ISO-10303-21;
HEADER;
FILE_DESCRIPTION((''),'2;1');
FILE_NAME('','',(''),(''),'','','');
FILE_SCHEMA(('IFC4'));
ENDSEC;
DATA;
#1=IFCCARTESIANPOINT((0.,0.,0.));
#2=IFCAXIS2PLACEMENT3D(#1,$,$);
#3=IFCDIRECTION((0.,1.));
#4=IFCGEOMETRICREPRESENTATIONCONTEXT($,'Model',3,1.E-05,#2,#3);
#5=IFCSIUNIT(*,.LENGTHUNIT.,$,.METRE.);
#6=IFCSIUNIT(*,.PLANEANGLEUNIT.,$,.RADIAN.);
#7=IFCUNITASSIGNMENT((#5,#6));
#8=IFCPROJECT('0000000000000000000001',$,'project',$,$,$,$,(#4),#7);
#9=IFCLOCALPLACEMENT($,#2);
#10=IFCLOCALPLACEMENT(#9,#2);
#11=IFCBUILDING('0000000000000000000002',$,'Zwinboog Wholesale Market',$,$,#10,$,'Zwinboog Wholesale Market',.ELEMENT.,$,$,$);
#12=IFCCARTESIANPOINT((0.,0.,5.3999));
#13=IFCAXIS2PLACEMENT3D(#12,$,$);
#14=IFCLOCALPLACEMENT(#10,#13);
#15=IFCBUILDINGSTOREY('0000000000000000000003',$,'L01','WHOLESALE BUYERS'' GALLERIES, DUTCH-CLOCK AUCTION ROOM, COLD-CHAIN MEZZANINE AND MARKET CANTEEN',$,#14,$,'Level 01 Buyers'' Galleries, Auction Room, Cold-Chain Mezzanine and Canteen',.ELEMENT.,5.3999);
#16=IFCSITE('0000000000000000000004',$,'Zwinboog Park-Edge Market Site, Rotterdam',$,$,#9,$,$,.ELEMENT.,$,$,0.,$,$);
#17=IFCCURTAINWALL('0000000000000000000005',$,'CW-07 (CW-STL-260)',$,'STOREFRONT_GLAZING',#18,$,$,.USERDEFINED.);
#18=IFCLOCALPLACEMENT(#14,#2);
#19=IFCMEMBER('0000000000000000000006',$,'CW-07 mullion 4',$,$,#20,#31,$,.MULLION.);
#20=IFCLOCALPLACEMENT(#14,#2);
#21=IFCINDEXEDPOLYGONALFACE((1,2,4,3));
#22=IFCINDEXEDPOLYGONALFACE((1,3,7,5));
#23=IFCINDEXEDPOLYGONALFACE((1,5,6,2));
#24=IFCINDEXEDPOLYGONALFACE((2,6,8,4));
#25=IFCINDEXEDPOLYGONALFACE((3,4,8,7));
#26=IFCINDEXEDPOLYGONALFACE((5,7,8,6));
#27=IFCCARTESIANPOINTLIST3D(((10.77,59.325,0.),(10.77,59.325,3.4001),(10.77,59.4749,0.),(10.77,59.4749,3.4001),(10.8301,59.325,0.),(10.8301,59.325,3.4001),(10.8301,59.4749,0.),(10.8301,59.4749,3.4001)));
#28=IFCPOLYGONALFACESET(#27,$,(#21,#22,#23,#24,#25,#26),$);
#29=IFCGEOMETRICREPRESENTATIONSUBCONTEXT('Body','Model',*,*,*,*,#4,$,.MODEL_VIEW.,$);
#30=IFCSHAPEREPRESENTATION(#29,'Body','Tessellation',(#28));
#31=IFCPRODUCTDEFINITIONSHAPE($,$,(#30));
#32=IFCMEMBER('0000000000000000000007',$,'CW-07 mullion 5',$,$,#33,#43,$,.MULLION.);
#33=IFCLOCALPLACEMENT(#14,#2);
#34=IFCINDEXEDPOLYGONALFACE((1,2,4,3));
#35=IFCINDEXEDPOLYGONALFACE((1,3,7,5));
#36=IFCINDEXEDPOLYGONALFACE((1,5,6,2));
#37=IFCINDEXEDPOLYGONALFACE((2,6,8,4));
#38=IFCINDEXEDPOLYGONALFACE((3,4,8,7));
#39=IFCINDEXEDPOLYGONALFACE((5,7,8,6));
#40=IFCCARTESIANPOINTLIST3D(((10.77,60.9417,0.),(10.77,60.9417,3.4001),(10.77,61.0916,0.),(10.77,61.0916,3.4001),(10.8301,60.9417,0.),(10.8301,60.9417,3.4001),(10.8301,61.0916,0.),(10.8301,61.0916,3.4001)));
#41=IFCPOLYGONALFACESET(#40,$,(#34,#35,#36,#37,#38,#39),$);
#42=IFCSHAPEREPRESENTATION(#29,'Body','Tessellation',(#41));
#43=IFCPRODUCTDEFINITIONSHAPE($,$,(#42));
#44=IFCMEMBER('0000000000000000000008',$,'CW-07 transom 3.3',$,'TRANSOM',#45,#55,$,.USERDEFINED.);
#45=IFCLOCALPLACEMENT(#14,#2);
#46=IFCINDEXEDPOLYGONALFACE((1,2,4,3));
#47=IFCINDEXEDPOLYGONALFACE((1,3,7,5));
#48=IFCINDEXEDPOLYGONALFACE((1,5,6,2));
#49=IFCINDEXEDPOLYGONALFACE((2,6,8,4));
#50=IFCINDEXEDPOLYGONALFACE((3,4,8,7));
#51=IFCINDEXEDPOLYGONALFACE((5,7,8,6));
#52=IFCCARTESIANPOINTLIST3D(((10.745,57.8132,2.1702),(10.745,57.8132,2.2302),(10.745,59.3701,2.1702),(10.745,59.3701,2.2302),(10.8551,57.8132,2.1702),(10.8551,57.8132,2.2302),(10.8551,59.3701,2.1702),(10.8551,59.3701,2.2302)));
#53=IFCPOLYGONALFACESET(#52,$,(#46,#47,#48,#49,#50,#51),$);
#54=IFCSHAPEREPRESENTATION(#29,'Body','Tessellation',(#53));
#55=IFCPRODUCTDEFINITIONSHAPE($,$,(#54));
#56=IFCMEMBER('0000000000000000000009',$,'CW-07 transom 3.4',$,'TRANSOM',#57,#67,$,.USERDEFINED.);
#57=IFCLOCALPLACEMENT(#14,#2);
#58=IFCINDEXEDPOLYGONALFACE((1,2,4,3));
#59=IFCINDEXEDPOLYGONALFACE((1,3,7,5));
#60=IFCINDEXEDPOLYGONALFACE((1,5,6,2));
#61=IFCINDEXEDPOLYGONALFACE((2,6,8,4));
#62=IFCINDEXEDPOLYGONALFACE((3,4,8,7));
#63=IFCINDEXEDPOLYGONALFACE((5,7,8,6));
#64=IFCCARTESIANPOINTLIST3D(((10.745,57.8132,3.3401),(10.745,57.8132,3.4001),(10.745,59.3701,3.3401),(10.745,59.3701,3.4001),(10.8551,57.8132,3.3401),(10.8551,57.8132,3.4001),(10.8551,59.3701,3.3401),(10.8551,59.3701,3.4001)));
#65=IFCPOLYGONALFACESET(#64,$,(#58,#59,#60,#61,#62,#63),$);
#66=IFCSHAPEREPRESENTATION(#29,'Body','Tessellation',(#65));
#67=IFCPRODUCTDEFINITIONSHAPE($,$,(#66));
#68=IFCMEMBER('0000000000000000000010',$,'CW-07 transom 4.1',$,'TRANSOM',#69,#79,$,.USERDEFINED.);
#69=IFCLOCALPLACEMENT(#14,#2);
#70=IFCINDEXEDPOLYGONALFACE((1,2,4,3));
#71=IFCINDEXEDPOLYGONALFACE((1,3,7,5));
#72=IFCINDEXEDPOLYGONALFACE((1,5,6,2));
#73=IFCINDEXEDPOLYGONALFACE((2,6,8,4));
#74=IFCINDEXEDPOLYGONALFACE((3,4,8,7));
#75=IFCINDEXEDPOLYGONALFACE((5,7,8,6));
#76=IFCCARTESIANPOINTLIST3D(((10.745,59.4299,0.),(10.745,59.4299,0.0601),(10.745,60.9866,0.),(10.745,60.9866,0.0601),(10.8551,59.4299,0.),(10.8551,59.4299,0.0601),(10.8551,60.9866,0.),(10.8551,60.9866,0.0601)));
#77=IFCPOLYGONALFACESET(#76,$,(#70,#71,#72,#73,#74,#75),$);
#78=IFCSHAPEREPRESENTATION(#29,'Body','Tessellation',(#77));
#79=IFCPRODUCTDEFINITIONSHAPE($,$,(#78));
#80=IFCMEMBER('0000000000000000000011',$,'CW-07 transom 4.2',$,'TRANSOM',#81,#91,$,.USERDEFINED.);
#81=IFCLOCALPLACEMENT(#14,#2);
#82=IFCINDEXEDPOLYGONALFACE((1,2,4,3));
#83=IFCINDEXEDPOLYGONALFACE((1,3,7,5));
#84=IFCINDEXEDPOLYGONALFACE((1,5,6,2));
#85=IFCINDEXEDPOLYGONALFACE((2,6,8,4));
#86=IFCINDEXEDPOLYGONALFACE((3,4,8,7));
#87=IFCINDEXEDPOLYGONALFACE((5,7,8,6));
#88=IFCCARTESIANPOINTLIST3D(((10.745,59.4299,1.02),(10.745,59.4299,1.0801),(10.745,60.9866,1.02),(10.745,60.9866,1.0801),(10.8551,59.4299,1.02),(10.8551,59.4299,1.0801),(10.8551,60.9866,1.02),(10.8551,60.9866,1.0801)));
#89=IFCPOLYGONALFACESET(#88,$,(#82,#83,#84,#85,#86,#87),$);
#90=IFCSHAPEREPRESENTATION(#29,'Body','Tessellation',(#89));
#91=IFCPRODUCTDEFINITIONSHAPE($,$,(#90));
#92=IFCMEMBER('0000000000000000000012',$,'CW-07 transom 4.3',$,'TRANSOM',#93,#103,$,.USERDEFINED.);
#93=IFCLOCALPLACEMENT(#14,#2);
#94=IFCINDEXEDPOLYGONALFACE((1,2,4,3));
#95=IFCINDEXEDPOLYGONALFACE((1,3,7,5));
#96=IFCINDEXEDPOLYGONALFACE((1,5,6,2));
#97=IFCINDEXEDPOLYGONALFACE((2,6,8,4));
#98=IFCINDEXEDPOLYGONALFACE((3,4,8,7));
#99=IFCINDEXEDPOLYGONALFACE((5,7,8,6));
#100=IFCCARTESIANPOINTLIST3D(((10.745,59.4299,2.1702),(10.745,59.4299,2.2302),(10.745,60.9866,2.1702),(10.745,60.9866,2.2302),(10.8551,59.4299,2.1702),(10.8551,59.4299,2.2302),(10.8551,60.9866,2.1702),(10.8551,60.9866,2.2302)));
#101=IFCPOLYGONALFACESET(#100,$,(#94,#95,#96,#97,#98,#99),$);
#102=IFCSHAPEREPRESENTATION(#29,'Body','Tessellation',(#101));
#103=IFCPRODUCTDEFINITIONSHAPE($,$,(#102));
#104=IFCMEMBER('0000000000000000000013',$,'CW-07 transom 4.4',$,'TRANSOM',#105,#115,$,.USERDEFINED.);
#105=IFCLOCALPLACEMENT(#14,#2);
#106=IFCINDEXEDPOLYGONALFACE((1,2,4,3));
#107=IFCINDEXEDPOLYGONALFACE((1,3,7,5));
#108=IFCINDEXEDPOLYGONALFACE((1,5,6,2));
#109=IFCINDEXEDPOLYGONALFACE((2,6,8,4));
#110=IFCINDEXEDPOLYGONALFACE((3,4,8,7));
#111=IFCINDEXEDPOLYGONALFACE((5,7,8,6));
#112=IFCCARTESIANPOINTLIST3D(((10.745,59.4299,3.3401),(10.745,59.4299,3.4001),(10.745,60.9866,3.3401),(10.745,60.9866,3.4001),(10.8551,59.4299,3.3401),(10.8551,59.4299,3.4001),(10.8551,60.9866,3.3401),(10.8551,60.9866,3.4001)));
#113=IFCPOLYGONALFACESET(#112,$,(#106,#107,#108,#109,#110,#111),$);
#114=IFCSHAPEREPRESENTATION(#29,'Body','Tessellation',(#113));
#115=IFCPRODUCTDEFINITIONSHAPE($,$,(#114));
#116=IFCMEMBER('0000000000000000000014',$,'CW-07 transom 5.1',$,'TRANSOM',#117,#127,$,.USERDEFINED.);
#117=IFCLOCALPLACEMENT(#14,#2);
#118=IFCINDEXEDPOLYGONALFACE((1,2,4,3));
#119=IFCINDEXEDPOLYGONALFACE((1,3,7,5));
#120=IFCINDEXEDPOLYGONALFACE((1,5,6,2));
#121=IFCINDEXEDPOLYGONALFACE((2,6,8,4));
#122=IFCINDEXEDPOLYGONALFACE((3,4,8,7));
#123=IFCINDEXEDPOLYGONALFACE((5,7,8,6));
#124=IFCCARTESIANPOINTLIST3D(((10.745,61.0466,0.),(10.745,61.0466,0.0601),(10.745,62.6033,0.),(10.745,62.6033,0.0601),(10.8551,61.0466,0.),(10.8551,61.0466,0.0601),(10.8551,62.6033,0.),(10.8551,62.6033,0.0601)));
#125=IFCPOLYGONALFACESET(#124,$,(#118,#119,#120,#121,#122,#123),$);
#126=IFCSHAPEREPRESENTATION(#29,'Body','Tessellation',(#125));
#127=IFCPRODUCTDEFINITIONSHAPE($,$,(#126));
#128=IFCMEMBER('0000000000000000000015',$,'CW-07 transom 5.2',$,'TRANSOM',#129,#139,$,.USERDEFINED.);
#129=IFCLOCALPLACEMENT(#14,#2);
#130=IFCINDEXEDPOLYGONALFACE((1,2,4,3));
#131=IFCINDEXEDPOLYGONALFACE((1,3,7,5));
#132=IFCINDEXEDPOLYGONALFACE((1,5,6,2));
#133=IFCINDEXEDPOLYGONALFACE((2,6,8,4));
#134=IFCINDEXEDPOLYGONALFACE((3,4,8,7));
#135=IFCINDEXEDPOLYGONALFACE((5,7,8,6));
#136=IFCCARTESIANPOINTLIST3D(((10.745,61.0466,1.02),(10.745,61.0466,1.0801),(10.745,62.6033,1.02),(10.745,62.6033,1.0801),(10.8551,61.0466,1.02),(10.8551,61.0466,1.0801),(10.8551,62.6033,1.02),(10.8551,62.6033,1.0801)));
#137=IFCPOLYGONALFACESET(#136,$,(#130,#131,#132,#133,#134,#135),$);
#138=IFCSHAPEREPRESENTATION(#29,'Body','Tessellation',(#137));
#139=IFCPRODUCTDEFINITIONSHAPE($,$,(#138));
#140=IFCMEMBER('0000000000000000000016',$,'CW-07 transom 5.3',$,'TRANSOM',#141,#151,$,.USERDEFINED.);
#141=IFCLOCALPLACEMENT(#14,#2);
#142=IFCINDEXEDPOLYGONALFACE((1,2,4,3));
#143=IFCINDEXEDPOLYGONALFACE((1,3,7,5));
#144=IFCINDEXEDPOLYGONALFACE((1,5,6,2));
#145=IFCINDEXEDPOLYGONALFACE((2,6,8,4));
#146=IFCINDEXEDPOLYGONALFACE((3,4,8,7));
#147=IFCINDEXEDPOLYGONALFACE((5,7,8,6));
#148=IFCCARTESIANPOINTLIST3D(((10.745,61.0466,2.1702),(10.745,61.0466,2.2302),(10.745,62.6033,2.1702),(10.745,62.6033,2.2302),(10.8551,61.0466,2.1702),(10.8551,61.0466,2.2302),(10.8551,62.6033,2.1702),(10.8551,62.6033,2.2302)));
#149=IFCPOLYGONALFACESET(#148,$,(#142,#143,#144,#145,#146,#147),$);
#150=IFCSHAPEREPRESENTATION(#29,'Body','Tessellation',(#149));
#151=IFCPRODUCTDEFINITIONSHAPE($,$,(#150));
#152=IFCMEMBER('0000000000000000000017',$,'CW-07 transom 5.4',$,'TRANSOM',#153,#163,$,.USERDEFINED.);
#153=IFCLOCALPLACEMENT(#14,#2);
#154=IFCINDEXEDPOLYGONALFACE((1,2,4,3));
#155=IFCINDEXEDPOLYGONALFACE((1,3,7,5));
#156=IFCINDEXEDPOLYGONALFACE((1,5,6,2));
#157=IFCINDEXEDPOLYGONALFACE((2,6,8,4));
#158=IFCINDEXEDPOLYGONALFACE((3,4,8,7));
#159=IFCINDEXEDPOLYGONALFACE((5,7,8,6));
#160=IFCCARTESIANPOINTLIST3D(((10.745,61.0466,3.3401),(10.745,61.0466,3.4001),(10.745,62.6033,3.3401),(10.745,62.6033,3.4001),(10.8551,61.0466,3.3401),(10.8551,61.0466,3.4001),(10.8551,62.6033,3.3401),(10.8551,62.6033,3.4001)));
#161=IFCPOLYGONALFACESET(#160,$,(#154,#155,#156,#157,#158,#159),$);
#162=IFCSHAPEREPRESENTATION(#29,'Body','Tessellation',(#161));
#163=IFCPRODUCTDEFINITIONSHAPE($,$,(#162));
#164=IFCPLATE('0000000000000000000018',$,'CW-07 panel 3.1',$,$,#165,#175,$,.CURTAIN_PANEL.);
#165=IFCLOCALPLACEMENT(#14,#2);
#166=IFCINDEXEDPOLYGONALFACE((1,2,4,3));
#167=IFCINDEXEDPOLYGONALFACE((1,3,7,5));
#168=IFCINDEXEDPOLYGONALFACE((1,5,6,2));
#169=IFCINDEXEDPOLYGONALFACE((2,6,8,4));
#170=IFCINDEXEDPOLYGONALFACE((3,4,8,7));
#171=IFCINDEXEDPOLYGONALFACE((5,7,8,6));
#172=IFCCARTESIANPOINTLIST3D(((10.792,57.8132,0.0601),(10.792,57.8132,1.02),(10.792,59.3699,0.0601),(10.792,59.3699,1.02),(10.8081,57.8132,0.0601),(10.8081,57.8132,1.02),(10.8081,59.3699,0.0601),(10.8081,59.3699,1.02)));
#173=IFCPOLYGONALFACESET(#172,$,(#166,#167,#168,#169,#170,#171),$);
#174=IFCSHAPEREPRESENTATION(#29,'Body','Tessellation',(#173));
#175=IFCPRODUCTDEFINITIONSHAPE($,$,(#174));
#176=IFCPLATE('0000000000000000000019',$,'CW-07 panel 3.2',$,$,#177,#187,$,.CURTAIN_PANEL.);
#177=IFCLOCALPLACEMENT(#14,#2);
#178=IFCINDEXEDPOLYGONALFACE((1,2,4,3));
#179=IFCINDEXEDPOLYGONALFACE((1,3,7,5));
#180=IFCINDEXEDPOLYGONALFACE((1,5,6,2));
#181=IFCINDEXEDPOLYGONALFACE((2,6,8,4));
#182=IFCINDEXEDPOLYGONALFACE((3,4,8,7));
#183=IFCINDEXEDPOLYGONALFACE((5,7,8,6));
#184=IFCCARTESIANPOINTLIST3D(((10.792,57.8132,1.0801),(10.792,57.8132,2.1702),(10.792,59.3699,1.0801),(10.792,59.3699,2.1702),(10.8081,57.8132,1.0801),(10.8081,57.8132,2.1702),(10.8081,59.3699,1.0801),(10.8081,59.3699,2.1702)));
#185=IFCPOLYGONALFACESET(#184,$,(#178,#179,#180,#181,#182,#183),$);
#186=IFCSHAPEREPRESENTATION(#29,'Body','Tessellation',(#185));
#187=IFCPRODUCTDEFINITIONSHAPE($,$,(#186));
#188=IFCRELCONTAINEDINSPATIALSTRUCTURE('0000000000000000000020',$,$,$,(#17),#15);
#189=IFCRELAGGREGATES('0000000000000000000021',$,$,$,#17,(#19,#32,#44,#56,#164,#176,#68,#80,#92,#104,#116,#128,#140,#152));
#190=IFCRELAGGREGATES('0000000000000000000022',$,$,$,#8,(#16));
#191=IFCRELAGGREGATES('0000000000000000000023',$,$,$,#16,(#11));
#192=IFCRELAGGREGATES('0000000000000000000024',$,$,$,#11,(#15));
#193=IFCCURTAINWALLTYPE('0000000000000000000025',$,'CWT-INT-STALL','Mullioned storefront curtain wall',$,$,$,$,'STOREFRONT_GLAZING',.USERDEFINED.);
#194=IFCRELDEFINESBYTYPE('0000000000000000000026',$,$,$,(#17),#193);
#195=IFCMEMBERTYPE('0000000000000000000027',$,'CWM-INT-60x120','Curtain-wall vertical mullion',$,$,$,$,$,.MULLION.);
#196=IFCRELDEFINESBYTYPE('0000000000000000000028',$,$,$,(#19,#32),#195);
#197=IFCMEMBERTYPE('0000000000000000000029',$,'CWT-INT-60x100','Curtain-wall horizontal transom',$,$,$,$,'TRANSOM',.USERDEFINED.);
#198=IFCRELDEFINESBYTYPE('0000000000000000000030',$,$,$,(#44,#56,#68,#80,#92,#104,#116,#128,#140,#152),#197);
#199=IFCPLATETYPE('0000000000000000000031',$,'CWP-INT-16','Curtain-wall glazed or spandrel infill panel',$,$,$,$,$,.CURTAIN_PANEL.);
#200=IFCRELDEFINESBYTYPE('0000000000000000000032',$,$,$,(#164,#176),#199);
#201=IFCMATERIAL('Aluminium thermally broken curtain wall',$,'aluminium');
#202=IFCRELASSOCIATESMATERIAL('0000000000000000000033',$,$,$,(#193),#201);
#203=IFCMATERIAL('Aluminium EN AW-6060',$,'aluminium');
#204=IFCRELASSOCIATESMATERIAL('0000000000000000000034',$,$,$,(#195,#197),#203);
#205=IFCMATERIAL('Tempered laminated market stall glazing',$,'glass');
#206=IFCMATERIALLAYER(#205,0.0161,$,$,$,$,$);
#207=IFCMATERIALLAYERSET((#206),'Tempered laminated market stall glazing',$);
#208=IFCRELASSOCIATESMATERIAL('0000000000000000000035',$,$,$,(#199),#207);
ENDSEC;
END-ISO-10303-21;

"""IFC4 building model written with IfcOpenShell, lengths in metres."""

from ifc_helpers import new_model, si_unit, direction, frame, origin, origin_2d, place, context, subcontext, project, spatial, rectangle, extrude, material, layer, layer_set, material_profile, profile_set, type_object, element, aggregate, save


model = new_model("IFC4")

# Units and contexts
model_context = context("Model", 3, precision=1e-05, world=origin(), true_north=direction((0.0, 1.0)))
body_context = subcontext(model_context, "Body", "Model", "MODEL_VIEW")
ifc_project = project(units=[si_unit("LENGTHUNIT", "METRE"), si_unit("PLANEANGLEUNIT", "RADIAN")], contexts=[model_context])

# Site, building, storey
site_placement = place(None, origin())
site = spatial("IfcSite", under=ifc_project, at=site_placement, Name="Zwinboog Park-Edge Market Site, Rotterdam", CompositionType="ELEMENT", RefElevation=0.0)
building_placement = place(site_placement, origin())
building = spatial("IfcBuilding", under=site, at=building_placement, Name="Zwinboog Wholesale Market", LongName="Zwinboog Wholesale Market", CompositionType="ELEMENT")
storey_placement = place(building_placement, frame((0.0, 0.0, 5.3999)))
storey = spatial("IfcBuildingStorey", under=building, at=storey_placement, Name="L01", Description="WHOLESALE BUYERS' GALLERIES, DUTCH-CLOCK AUCTION ROOM, COLD-CHAIN MEZZANINE AND MARKET CANTEEN", LongName="Level 01 Buyers' Galleries, Auction Room, Cold-Chain Mezzanine and Canteen", CompositionType="ELEMENT", Elevation=5.3999)

# Curtain wall, members, plates
ifc_material_1 = material(Name="Aluminium thermally broken curtain wall", Category="aluminium")
curtain_wall_type = type_object("IfcCurtainWallType", Name="CWT-INT-STALL", Description="Mullioned storefront curtain wall", ElementType="STOREFRONT_GLAZING", PredefinedType="USERDEFINED", material=ifc_material_1)
curtain_wall_placement = place(storey_placement, origin())
curtain_wall = element("IfcCurtainWall", 1, at=curtain_wall_placement, inside=storey, type_object=curtain_wall_type, Name="CW-07 (CW-STL-260)", ObjectType="STOREFRONT_GLAZING", PredefinedType="USERDEFINED")
ifc_material_2 = material(Name="Aluminium EN AW-6060", Category="aluminium")
ifc_material_profile_1 = material_profile(ifc_material_2, rectangle(XDim=0.0601, YDim=0.1499, at=origin_2d()), Name="AL 60x150")
ifc_profile_set_1 = profile_set([ifc_material_profile_1], Name="Aluminium EN AW-6060")
member_type_1 = type_object("IfcMemberType", Name="CWM-INT-60x120", Description="Curtain-wall vertical mullion", PredefinedType="MULLION", material=ifc_profile_set_1)
member_1_placement = place(storey_placement, frame((10.8, 59.3999, 0.0), z_axis=(0.0, 0.0, 1.0), x_axis=(-1.0, 0.0, 0.0)))
member_1 = element("IfcMember", 2, at=member_1_placement, type_object=member_type_1, Name="CW-07 mullion 4", PredefinedType="MULLION", context=body_context, shape_type="SweptSolid", body=[
    extrude(rectangle(XDim=0.0601, YDim=0.1499, at=origin_2d()), origin(), (0.0, 0.0, 1.0), 3.4001),
])
member_2_placement = place(storey_placement, frame((10.8, 61.0166, 0.0), z_axis=(0.0, 0.0, 1.0), x_axis=(-1.0, 0.0, 0.0)))
member_2 = element("IfcMember", 3, at=member_2_placement, type_object=member_type_1, Name="CW-07 mullion 5", PredefinedType="MULLION", context=body_context, shape_type="SweptSolid", body=[
    extrude(rectangle(XDim=0.0601, YDim=0.1499, at=origin_2d()), origin(), (0.0, 0.0, 1.0), 3.4001),
])
ifc_material_profile_2 = material_profile(ifc_material_2, rectangle(XDim=0.1101, YDim=0.0601, at=origin_2d()), Name="AL 60x110")
ifc_profile_set_2 = profile_set([ifc_material_profile_2], Name="Aluminium EN AW-6060")
member_type_2 = type_object("IfcMemberType", Name="CWT-INT-60x100", Description="Curtain-wall horizontal transom", ElementType="TRANSOM", PredefinedType="USERDEFINED", material=ifc_profile_set_2)
member_3_placement = place(storey_placement, frame((10.8, 57.8132, 2.2002), z_axis=(0.0, 1.0, 0.0), x_axis=(-1.0, 0.0, 0.0)))
member_3 = element("IfcMember", 4, at=member_3_placement, type_object=member_type_2, Name="CW-07 transom 3.3", ObjectType="TRANSOM", PredefinedType="USERDEFINED", context=body_context, shape_type="SweptSolid", body=[
    extrude(rectangle(XDim=0.1101, YDim=0.0601, at=origin_2d()), origin(), (0.0, 0.0, 1.0), 1.5569),
])
member_4_placement = place(storey_placement, frame((10.8, 57.8132, 3.3701), z_axis=(0.0, 1.0, 0.0), x_axis=(-1.0, 0.0, 0.0)))
member_4 = element("IfcMember", 5, at=member_4_placement, type_object=member_type_2, Name="CW-07 transom 3.4", ObjectType="TRANSOM", PredefinedType="USERDEFINED", context=body_context, shape_type="SweptSolid", body=[
    extrude(rectangle(XDim=0.1101, YDim=0.0601, at=origin_2d()), origin(), (0.0, 0.0, 1.0), 1.5569),
])
member_5_placement = place(storey_placement, frame((10.8, 59.4299, 0.03), z_axis=(0.0, 1.0, 0.0), x_axis=(-1.0, 0.0, 0.0)))
member_5 = element("IfcMember", 6, at=member_5_placement, type_object=member_type_2, Name="CW-07 transom 4.1", ObjectType="TRANSOM", PredefinedType="USERDEFINED", context=body_context, shape_type="SweptSolid", body=[
    extrude(rectangle(XDim=0.1101, YDim=0.0601, at=origin_2d()), origin(), (0.0, 0.0, 1.0), 1.5566),
])
member_6_placement = place(storey_placement, frame((10.8, 59.4299, 1.05), z_axis=(0.0, 1.0, 0.0), x_axis=(-1.0, 0.0, 0.0)))
member_6 = element("IfcMember", 7, at=member_6_placement, type_object=member_type_2, Name="CW-07 transom 4.2", ObjectType="TRANSOM", PredefinedType="USERDEFINED", context=body_context, shape_type="SweptSolid", body=[
    extrude(rectangle(XDim=0.1101, YDim=0.0601, at=origin_2d()), origin(), (0.0, 0.0, 1.0), 1.5566),
])
member_7_placement = place(storey_placement, frame((10.8, 59.4299, 2.2002), z_axis=(0.0, 1.0, 0.0), x_axis=(-1.0, 0.0, 0.0)))
member_7 = element("IfcMember", 8, at=member_7_placement, type_object=member_type_2, Name="CW-07 transom 4.3", ObjectType="TRANSOM", PredefinedType="USERDEFINED", context=body_context, shape_type="SweptSolid", body=[
    extrude(rectangle(XDim=0.1101, YDim=0.0601, at=origin_2d()), origin(), (0.0, 0.0, 1.0), 1.5566),
])
member_8_placement = place(storey_placement, frame((10.8, 59.4299, 3.3701), z_axis=(0.0, 1.0, 0.0), x_axis=(-1.0, 0.0, 0.0)))
member_8 = element("IfcMember", 9, at=member_8_placement, type_object=member_type_2, Name="CW-07 transom 4.4", ObjectType="TRANSOM", PredefinedType="USERDEFINED", context=body_context, shape_type="SweptSolid", body=[
    extrude(rectangle(XDim=0.1101, YDim=0.0601, at=origin_2d()), origin(), (0.0, 0.0, 1.0), 1.5566),
])
member_9_placement = place(storey_placement, frame((10.8, 61.0466, 0.03), z_axis=(0.0, 1.0, 0.0), x_axis=(-1.0, 0.0, 0.0)))
member_9 = element("IfcMember", 10, at=member_9_placement, type_object=member_type_2, Name="CW-07 transom 5.1", ObjectType="TRANSOM", PredefinedType="USERDEFINED", context=body_context, shape_type="SweptSolid", body=[
    extrude(rectangle(XDim=0.1101, YDim=0.0601, at=origin_2d()), origin(), (0.0, 0.0, 1.0), 1.5566),
])
member_10_placement = place(storey_placement, frame((10.8, 61.0466, 1.05), z_axis=(0.0, 1.0, 0.0), x_axis=(-1.0, 0.0, 0.0)))
member_10 = element("IfcMember", 11, at=member_10_placement, type_object=member_type_2, Name="CW-07 transom 5.2", ObjectType="TRANSOM", PredefinedType="USERDEFINED", context=body_context, shape_type="SweptSolid", body=[
    extrude(rectangle(XDim=0.1101, YDim=0.0601, at=origin_2d()), origin(), (0.0, 0.0, 1.0), 1.5566),
])
member_11_placement = place(storey_placement, frame((10.8, 61.0466, 2.2002), z_axis=(0.0, 1.0, 0.0), x_axis=(-1.0, 0.0, 0.0)))
member_11 = element("IfcMember", 12, at=member_11_placement, type_object=member_type_2, Name="CW-07 transom 5.3", ObjectType="TRANSOM", PredefinedType="USERDEFINED", context=body_context, shape_type="SweptSolid", body=[
    extrude(rectangle(XDim=0.1101, YDim=0.0601, at=origin_2d()), origin(), (0.0, 0.0, 1.0), 1.5566),
])
member_12_placement = place(storey_placement, frame((10.8, 61.0466, 3.3701), z_axis=(0.0, 1.0, 0.0), x_axis=(-1.0, 0.0, 0.0)))
member_12 = element("IfcMember", 13, at=member_12_placement, type_object=member_type_2, Name="CW-07 transom 5.4", ObjectType="TRANSOM", PredefinedType="USERDEFINED", context=body_context, shape_type="SweptSolid", body=[
    extrude(rectangle(XDim=0.1101, YDim=0.0601, at=origin_2d()), origin(), (0.0, 0.0, 1.0), 1.5566),
])
ifc_material_3 = material(Name="Tempered laminated market stall glazing", Category="glass")
ifc_layer = layer(ifc_material_3, 0.0161)
ifc_layer_set = layer_set([ifc_layer], Name="Tempered laminated market stall glazing")
plate_type = type_object("IfcPlateType", Name="CWP-INT-16", Description="Curtain-wall glazed or spandrel infill panel", PredefinedType="CURTAIN_PANEL", material=ifc_layer_set)
plate_1_placement = place(storey_placement, frame((10.8, 58.5916, 0.0601), z_axis=(0.0, 0.0, 1.0), x_axis=(0.0, 1.0, 0.0)))
plate_1 = element("IfcPlate", 14, at=plate_1_placement, type_object=plate_type, Name="CW-07 panel 3.1", PredefinedType="CURTAIN_PANEL", context=body_context, shape_type="SweptSolid", body=[
    extrude(rectangle(XDim=1.5566, YDim=0.0161, at=origin_2d()), origin(), (0.0, 0.0, 1.0), 0.96),
])
plate_2_placement = place(storey_placement, frame((10.8, 58.5916, 1.0801), z_axis=(0.0, 0.0, 1.0), x_axis=(0.0, 1.0, 0.0)))
plate_2 = element("IfcPlate", 15, at=plate_2_placement, type_object=plate_type, Name="CW-07 panel 3.2", PredefinedType="CURTAIN_PANEL", context=body_context, shape_type="SweptSolid", body=[
    extrude(rectangle(XDim=1.5566, YDim=0.0161, at=origin_2d()), origin(), (0.0, 0.0, 1.0), 1.0901),
])
aggregate(curtain_wall, [member_1, member_2, member_3, member_4, plate_1, plate_2, member_5, member_6, member_7, member_8, member_9, member_10, member_11, member_12])

save(model, "model.ifc")
